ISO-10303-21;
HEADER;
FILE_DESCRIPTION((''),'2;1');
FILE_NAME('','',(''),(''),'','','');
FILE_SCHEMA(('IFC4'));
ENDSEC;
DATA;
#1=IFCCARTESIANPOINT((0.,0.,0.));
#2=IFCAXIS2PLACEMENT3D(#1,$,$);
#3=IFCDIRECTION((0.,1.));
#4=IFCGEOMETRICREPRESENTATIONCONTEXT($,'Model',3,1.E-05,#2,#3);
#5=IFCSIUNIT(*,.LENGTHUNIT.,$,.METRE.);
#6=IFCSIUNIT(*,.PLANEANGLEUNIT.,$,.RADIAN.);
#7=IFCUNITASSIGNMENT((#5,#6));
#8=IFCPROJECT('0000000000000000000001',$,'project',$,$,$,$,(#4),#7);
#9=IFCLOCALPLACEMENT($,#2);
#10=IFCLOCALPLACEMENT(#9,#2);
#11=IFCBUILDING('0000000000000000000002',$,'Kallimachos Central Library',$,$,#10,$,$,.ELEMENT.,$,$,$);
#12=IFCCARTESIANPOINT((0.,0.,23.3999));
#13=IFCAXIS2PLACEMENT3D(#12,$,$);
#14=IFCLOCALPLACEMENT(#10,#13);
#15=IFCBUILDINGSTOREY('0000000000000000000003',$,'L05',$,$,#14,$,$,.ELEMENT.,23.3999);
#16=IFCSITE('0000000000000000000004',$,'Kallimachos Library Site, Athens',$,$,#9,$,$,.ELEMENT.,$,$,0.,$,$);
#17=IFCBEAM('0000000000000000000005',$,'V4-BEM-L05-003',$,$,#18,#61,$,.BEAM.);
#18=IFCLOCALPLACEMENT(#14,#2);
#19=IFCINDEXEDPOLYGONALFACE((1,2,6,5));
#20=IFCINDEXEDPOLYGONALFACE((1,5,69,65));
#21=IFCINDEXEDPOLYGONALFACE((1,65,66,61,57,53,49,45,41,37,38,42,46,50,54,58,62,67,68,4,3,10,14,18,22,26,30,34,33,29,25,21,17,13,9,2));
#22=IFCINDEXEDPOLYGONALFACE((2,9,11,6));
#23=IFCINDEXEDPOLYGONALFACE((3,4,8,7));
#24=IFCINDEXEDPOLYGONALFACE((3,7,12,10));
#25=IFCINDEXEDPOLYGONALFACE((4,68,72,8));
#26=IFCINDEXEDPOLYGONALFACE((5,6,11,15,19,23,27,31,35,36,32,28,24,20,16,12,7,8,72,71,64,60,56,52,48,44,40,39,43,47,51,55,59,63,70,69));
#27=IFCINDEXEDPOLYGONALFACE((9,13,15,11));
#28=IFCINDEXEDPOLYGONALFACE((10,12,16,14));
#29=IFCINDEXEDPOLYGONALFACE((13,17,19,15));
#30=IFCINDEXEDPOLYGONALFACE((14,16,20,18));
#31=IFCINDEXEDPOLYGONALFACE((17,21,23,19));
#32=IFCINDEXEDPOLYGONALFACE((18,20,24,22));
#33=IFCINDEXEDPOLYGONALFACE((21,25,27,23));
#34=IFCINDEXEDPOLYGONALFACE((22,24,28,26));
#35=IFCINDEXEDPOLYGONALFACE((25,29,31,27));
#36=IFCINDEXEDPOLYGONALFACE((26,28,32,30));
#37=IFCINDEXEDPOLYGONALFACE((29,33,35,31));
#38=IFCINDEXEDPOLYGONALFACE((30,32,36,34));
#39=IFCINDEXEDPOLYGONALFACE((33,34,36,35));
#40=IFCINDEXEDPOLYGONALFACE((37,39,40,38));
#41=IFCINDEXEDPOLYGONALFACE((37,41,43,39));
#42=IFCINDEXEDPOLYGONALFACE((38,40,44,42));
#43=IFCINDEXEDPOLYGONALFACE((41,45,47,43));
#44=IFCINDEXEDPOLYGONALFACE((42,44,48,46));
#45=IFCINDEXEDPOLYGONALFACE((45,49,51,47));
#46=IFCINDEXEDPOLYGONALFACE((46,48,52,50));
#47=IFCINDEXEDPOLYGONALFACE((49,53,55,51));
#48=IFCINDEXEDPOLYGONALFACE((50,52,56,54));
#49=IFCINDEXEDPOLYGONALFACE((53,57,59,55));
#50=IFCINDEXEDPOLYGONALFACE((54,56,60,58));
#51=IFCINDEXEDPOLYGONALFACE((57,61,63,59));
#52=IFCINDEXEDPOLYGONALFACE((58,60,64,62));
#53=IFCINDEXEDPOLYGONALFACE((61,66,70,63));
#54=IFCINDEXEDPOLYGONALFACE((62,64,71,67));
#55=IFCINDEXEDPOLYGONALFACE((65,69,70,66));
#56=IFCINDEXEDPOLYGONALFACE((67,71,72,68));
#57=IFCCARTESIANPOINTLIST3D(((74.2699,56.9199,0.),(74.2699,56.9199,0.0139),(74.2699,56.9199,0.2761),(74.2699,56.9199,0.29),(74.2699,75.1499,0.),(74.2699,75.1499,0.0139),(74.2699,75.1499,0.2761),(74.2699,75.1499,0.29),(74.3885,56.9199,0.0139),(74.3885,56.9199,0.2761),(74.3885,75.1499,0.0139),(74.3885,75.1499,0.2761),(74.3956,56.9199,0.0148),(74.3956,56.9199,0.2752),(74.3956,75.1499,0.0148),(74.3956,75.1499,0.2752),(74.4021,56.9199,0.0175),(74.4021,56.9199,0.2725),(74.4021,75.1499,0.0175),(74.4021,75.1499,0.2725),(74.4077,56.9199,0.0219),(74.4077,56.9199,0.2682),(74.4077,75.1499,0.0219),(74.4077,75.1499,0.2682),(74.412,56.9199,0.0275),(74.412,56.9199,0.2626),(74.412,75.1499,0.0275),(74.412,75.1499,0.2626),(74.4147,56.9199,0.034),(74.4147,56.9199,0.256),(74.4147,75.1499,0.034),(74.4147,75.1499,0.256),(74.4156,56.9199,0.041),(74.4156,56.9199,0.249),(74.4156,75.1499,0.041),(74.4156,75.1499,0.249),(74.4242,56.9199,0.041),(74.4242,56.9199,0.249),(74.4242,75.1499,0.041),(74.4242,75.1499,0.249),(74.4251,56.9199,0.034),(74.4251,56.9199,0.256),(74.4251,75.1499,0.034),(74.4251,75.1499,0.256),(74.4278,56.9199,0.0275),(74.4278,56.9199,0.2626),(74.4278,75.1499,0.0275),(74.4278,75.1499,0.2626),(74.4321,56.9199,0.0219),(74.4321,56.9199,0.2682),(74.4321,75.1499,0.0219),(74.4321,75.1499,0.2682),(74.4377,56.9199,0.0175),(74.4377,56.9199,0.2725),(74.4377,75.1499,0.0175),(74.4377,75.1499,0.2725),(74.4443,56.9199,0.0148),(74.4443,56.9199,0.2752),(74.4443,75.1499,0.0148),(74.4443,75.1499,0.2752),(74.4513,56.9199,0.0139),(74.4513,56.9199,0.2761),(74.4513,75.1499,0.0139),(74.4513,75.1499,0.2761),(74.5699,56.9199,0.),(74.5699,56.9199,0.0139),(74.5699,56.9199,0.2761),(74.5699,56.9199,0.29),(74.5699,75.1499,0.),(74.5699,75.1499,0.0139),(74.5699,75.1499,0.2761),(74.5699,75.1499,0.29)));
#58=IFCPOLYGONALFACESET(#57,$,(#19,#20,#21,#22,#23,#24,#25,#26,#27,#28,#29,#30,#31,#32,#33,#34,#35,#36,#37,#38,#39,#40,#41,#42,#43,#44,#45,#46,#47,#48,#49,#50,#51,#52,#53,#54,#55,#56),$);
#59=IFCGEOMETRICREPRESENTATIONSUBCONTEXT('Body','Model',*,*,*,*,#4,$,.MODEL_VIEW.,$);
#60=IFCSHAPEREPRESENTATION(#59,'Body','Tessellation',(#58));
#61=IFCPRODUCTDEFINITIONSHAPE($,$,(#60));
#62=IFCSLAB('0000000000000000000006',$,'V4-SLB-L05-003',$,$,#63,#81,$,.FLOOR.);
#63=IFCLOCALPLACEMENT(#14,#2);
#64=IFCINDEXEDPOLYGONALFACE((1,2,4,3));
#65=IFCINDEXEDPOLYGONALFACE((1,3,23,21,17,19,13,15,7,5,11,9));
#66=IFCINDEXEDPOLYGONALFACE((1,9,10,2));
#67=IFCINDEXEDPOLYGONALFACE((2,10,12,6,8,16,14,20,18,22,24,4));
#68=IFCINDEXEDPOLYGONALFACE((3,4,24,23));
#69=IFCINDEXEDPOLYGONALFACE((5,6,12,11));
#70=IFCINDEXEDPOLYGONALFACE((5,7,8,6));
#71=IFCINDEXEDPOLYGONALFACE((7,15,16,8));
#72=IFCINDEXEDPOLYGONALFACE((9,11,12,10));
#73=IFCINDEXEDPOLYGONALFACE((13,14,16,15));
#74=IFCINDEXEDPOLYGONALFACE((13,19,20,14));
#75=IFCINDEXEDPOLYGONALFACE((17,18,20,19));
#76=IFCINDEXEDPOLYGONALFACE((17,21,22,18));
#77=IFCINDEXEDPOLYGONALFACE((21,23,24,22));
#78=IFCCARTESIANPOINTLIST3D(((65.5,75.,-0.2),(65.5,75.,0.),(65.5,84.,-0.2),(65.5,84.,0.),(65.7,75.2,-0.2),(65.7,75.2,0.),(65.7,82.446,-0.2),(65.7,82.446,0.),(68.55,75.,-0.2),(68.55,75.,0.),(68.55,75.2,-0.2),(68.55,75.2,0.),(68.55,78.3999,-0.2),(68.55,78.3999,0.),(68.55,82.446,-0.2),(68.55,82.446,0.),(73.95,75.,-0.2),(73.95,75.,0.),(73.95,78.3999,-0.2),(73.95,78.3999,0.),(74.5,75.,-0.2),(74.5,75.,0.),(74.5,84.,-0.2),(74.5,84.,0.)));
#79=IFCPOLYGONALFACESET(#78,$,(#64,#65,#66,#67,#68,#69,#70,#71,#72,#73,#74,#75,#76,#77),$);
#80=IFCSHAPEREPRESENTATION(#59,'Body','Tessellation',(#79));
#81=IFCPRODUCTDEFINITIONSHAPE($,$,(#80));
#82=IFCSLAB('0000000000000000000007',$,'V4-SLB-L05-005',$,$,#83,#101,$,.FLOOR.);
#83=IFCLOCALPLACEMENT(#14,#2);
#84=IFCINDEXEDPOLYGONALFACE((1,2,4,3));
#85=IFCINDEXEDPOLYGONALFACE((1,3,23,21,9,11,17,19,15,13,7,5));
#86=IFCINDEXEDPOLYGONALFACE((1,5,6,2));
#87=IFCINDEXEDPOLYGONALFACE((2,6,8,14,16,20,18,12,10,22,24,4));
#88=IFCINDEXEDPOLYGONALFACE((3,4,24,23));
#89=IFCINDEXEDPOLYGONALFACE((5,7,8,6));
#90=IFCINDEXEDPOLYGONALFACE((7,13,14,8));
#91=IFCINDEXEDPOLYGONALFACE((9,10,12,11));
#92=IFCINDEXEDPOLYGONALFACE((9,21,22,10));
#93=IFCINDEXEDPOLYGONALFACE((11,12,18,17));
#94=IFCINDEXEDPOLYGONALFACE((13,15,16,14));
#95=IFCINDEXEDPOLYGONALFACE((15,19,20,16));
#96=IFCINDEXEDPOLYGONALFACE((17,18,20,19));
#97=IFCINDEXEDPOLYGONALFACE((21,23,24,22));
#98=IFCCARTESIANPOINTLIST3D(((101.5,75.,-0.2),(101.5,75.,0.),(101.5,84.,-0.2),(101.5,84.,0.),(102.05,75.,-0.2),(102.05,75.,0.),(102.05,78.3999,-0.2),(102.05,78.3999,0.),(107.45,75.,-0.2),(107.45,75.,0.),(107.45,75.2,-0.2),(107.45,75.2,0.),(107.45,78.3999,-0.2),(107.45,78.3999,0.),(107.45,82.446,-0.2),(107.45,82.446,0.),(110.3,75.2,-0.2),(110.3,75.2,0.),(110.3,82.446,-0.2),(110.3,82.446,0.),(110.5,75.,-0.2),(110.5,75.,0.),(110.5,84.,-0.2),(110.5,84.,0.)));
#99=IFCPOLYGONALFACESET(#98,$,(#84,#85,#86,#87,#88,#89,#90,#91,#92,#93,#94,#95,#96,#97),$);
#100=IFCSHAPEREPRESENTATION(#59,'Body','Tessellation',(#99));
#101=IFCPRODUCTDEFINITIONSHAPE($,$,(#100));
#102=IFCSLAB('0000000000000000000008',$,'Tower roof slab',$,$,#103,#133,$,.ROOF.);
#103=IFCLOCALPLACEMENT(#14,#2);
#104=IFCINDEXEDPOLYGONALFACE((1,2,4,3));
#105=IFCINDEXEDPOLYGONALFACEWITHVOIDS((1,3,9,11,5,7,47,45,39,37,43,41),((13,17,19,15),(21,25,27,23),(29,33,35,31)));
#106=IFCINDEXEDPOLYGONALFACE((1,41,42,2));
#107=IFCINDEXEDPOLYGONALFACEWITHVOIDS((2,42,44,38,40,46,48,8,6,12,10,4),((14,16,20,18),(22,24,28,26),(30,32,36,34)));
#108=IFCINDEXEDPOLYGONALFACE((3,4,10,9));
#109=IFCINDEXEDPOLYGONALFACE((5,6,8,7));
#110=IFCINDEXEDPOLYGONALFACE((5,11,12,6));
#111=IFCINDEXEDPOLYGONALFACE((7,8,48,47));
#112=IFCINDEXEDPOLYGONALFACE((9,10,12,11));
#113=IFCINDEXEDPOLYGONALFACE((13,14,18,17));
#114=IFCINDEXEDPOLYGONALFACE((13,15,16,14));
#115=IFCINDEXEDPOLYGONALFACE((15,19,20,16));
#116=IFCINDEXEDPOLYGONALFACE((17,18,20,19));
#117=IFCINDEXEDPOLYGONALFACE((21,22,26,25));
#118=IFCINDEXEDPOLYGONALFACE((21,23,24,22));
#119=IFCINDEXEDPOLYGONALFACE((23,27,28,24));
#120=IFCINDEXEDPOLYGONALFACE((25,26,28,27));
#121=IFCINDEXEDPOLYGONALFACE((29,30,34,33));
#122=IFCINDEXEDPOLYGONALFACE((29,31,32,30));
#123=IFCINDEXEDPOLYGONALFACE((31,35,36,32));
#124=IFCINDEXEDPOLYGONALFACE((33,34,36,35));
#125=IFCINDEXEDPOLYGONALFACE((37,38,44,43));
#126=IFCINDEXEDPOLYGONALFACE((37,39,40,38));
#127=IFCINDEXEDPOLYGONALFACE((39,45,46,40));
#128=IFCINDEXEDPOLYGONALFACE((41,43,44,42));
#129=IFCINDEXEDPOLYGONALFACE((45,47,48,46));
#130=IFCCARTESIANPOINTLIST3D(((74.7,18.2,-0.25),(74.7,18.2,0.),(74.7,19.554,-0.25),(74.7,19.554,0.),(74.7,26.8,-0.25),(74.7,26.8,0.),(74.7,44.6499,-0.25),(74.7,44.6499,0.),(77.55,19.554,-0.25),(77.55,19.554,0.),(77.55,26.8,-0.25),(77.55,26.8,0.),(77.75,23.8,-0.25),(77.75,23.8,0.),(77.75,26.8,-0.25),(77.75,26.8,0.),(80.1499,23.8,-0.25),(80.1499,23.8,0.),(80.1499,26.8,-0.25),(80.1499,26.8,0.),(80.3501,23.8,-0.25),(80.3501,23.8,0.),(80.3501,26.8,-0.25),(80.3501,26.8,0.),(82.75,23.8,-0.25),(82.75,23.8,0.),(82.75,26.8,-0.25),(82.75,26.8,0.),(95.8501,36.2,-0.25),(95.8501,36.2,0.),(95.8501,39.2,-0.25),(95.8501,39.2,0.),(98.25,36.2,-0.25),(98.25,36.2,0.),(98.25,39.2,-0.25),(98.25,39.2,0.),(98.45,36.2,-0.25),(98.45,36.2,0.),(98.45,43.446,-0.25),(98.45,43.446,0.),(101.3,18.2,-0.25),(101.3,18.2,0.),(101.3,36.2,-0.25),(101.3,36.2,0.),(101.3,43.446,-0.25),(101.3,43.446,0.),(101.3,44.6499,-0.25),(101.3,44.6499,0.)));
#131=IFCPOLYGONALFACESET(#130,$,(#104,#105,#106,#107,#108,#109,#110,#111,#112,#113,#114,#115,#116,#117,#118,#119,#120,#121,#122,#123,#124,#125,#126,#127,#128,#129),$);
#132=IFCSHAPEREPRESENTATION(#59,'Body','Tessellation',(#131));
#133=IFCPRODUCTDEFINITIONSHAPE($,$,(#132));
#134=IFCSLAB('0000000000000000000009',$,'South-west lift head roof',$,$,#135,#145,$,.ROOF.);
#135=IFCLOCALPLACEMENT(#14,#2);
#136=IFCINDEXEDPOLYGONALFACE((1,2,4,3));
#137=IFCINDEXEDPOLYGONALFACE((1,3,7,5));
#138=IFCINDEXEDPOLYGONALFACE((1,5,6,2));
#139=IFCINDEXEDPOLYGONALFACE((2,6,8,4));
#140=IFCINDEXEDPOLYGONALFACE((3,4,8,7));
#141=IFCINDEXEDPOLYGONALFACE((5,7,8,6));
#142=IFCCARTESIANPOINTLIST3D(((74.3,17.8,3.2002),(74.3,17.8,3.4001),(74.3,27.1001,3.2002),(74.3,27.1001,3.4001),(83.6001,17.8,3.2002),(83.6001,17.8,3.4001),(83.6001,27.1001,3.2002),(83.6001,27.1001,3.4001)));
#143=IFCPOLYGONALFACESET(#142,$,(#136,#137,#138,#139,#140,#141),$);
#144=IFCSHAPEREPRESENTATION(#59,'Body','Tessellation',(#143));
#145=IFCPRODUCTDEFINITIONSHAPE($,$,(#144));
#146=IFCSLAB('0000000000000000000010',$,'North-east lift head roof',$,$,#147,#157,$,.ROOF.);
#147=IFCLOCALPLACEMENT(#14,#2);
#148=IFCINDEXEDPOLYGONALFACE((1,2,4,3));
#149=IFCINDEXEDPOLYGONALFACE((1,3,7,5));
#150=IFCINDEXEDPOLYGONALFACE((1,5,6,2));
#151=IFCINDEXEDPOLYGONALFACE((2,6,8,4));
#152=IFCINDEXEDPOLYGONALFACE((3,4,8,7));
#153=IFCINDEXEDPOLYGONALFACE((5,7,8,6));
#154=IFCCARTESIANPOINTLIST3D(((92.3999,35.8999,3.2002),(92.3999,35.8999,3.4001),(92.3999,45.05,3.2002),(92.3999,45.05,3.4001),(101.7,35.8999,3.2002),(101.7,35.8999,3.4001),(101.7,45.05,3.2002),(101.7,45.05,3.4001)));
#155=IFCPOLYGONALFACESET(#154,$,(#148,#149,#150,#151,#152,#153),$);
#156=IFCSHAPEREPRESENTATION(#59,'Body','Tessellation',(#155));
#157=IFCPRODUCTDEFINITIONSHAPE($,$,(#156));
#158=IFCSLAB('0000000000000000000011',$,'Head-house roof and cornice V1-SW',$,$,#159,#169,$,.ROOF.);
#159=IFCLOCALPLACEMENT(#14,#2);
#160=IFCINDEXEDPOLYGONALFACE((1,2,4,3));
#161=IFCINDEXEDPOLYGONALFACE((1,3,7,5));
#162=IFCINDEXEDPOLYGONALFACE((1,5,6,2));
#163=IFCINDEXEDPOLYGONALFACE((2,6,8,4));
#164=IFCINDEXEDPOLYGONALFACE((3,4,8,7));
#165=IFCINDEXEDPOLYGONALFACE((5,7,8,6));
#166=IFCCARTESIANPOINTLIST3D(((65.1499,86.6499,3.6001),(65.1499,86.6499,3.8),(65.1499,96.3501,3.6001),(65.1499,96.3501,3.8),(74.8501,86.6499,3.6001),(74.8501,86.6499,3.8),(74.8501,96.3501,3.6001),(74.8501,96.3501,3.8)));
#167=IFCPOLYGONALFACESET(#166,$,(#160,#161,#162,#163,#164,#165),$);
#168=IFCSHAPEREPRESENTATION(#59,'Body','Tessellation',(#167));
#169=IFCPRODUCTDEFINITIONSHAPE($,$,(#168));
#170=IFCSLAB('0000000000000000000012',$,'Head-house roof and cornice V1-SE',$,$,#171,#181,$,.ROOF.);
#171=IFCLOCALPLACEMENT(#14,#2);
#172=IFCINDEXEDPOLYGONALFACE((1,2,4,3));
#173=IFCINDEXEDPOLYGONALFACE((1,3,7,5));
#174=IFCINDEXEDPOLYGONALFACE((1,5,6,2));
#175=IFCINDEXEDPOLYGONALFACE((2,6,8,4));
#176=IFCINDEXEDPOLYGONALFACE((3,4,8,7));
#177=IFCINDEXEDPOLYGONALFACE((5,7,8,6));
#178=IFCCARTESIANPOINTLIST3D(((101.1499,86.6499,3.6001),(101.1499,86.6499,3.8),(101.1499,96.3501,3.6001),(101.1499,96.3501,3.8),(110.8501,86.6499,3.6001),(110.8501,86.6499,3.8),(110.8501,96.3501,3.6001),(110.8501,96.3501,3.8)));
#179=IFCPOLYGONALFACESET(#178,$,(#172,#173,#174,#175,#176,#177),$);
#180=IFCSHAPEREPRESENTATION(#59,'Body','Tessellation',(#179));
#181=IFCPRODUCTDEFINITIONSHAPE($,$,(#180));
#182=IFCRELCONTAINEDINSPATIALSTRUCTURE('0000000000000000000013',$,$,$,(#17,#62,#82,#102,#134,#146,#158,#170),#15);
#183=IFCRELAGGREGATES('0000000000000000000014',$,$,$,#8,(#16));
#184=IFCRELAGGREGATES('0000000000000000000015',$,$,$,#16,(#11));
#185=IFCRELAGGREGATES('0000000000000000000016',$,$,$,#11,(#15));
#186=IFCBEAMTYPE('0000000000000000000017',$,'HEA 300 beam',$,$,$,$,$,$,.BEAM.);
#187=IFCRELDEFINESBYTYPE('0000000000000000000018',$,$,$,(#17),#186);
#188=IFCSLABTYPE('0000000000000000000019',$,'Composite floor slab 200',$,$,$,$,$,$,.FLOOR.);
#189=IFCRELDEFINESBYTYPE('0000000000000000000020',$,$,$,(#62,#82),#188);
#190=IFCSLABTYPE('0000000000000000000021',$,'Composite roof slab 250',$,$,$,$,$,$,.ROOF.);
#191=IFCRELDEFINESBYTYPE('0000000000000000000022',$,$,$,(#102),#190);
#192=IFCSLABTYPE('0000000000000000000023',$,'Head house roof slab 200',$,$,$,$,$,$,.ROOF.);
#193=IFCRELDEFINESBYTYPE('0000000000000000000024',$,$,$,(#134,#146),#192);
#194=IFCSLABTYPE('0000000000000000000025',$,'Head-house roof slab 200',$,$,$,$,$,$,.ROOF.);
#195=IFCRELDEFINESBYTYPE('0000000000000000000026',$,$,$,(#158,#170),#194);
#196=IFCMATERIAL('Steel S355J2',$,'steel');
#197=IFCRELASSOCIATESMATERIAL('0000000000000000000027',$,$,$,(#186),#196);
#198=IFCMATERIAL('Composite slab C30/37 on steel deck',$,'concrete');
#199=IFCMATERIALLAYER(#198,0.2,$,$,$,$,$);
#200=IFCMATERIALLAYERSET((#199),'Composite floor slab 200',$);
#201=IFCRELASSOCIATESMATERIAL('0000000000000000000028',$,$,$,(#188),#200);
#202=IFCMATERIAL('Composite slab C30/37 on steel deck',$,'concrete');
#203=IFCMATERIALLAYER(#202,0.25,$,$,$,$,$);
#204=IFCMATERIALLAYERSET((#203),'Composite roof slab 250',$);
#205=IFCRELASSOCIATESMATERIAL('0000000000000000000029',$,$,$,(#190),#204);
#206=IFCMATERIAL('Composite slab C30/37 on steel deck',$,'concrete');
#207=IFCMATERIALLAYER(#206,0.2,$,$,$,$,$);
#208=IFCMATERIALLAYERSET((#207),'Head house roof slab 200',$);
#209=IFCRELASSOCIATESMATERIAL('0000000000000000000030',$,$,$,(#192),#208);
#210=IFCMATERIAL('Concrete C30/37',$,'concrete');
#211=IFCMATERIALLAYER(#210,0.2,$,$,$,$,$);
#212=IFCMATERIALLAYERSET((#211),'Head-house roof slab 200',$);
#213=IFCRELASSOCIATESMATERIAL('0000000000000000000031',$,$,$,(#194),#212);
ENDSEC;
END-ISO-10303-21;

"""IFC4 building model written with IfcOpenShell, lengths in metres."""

from ifc_helpers import new_model, si_unit, direction, frame, origin, origin_2d, place, context, subcontext, project, spatial, polyline, i_section, outline, extrude, material, layer, layer_set, material_profile, profile_set, type_object, element, save


model = new_model("IFC4")

# Units and contexts
model_context = context("Model", 3, precision=1e-05, world=origin(), true_north=direction((0.0, 1.0)))
body_context = subcontext(model_context, "Body", "Model", "MODEL_VIEW")
ifc_project = project(units=[si_unit("LENGTHUNIT", "METRE"), si_unit("PLANEANGLEUNIT", "RADIAN")], contexts=[model_context])

# Site, building, storey
site_placement = place(None, origin())
site = spatial("IfcSite", under=ifc_project, at=site_placement, Name="Kallimachos Library Site, Athens", CompositionType="ELEMENT", RefElevation=0.0)
building_placement = place(site_placement, origin())
building = spatial("IfcBuilding", under=site, at=building_placement, Name="Kallimachos Central Library", CompositionType="ELEMENT")
storey_placement = place(building_placement, frame((0.0, 0.0, 23.3999)))
storey = spatial("IfcBuildingStorey", under=building, at=storey_placement, Name="L05", CompositionType="ELEMENT", Elevation=23.3999)

# Beam
ifc_material_1 = material(Name="Steel S355J2", Category="steel")
ifc_material_profile_1 = material_profile(ifc_material_1, i_section(OverallWidth=0.3, OverallDepth=0.29, WebThickness=0.0085, FlangeThickness=0.0139, FilletRadius=0.0271, at=origin_2d()), Name="HEA 300")
ifc_profile_set_1 = profile_set([ifc_material_profile_1], Name="Steel S355J2")
beam_type = type_object("IfcBeamType", Name="HEA 300 beam", PredefinedType="BEAM", material=ifc_profile_set_1)
beam_1_placement = place(storey_placement, frame((74.4199, 56.9199, 0.145), z_axis=(0.0, 1.0, 0.0), x_axis=(-1.0, 0.0, 0.0)))
element("IfcBeam", 1, at=beam_1_placement, inside=storey, type_object=beam_type, Name="V4-BEM-L05-003", PredefinedType="BEAM", context=body_context, shape_type="SweptSolid", body=[
    extrude(i_section(OverallWidth=0.3, OverallDepth=0.29, WebThickness=0.0085, FlangeThickness=0.0139, FilletRadius=0.0271, at=origin_2d()), origin(), (0.0, 0.0, 1.0), 18.23),
])

# Slabs
ifc_material_2 = material(Name="Composite slab C30/37 on steel deck", Category="concrete")
ifc_layer_1 = layer(ifc_material_2, 0.2)
ifc_layer_set_1 = layer_set([ifc_layer_1], Name="Composite floor slab 200")
slab_type_1 = type_object("IfcSlabType", Name="Composite floor slab 200", PredefinedType="FLOOR", material=ifc_layer_set_1)
slab_1_placement = place(storey_placement, frame((0.0, 0.0, -0.2)))
element("IfcSlab", 2, at=slab_1_placement, inside=storey, type_object=slab_type_1, Name="V4-SLB-L05-003", PredefinedType="FLOOR", context=body_context, shape_type="SweptSolid", body=[
    extrude(outline(polyline([(65.5, 75.0), (65.5, 84.0), (74.5, 84.0), (74.5, 75.0), (73.95, 75.0), (73.95, 78.3999), (68.55, 78.3999), (68.55, 82.446), (65.7, 82.446), (65.7, 75.2), (68.55, 75.2), (68.55, 75.0), (65.5, 75.0)])), origin(), (0.0, 0.0, 1.0), 0.2),
])
slab_2_placement = place(storey_placement, frame((0.0, 0.0, -0.2)))
element("IfcSlab", 3, at=slab_2_placement, inside=storey, type_object=slab_type_1, Name="V4-SLB-L05-005", PredefinedType="FLOOR", context=body_context, shape_type="SweptSolid", body=[
    extrude(outline(polyline([(101.5, 75.0), (101.5, 84.0), (110.5, 84.0), (110.5, 75.0), (107.45, 75.0), (107.45, 75.2), (110.3, 75.2), (110.3, 82.446), (107.45, 82.446), (107.45, 78.3999), (102.05, 78.3999), (102.05, 75.0), (101.5, 75.0)])), origin(), (0.0, 0.0, 1.0), 0.2),
])
ifc_material_3 = material(Name="Composite slab C30/37 on steel deck", Category="concrete")
ifc_layer_2 = layer(ifc_material_3, 0.25)
ifc_layer_set_2 = layer_set([ifc_layer_2], Name="Composite roof slab 250")
slab_type_2 = type_object("IfcSlabType", Name="Composite roof slab 250", PredefinedType="ROOF", material=ifc_layer_set_2)
slab_3_placement = place(storey_placement, frame((0.0, 0.0, -0.25)))
element("IfcSlab", 4, at=slab_3_placement, inside=storey, type_object=slab_type_2, Name="Tower roof slab", PredefinedType="ROOF", context=body_context, shape_type="SweptSolid", body=[
    extrude(outline(polyline([(101.3, 18.2), (74.7, 18.2), (74.7, 19.554), (77.55, 19.554), (77.55, 26.8), (74.7, 26.8), (74.7, 44.6499), (101.3, 44.6499), (101.3, 43.446), (98.45, 43.446), (98.45, 36.2), (101.3, 36.2), (101.3, 18.2)]), holes=[polyline([(77.75, 26.8), (77.75, 23.8), (80.1499, 23.8), (80.1499, 26.8), (77.75, 26.8)]), polyline([(80.3501, 26.8), (80.3501, 23.8), (82.75, 23.8), (82.75, 26.8), (80.3501, 26.8)]), polyline([(98.25, 39.2), (95.8501, 39.2), (95.8501, 36.2), (98.25, 36.2), (98.25, 39.2)])]), origin(), (0.0, 0.0, 1.0), 0.25),
])
ifc_material_4 = material(Name="Composite slab C30/37 on steel deck", Category="concrete")
ifc_layer_3 = layer(ifc_material_4, 0.2)
ifc_layer_set_3 = layer_set([ifc_layer_3], Name="Head house roof slab 200")
slab_type_3 = type_object("IfcSlabType", Name="Head house roof slab 200", PredefinedType="ROOF", material=ifc_layer_set_3)
slab_4_placement = place(storey_placement, frame((0.0, 0.0, 3.2002)))
element("IfcSlab", 5, at=slab_4_placement, inside=storey, type_object=slab_type_3, Name="South-west lift head roof", PredefinedType="ROOF", context=body_context, shape_type="SweptSolid", body=[
    extrude(outline(polyline([(74.3, 17.8), (83.6001, 17.8), (83.6001, 27.1001), (74.3, 27.1001), (74.3, 17.8)])), origin(), (0.0, 0.0, 1.0), 0.2),
])
slab_5_placement = place(storey_placement, frame((0.0, 0.0, 3.2002)))
element("IfcSlab", 6, at=slab_5_placement, inside=storey, type_object=slab_type_3, Name="North-east lift head roof", PredefinedType="ROOF", context=body_context, shape_type="SweptSolid", body=[
    extrude(outline(polyline([(92.3999, 35.8999), (101.7, 35.8999), (101.7, 45.05), (92.3999, 45.05), (92.3999, 35.8999)])), origin(), (0.0, 0.0, 1.0), 0.2),
])
ifc_material_5 = material(Name="Concrete C30/37", Category="concrete")
ifc_layer_4 = layer(ifc_material_5, 0.2)
ifc_layer_set_4 = layer_set([ifc_layer_4], Name="Head-house roof slab 200")
slab_type_4 = type_object("IfcSlabType", Name="Head-house roof slab 200", PredefinedType="ROOF", material=ifc_layer_set_4)
slab_6_placement = place(storey_placement, frame((0.0, 0.0, 3.6001)))
element("IfcSlab", 7, at=slab_6_placement, inside=storey, type_object=slab_type_4, Name="Head-house roof and cornice V1-SW", PredefinedType="ROOF", context=body_context, shape_type="SweptSolid", body=[
    extrude(outline(polyline([(65.1499, 86.6499), (74.8501, 86.6499), (74.8501, 96.3501), (65.1499, 96.3501), (65.1499, 86.6499)])), origin(), (0.0, 0.0, 1.0), 0.2),
])
slab_7_placement = place(storey_placement, frame((0.0, 0.0, 3.6001)))
element("IfcSlab", 8, at=slab_7_placement, inside=storey, type_object=slab_type_4, Name="Head-house roof and cornice V1-SE", PredefinedType="ROOF", context=body_context, shape_type="SweptSolid", body=[
    extrude(outline(polyline([(101.1499, 86.6499), (110.8501, 86.6499), (110.8501, 96.3501), (101.1499, 96.3501), (101.1499, 86.6499)])), origin(), (0.0, 0.0, 1.0), 0.2),
])

save(model, "model.ifc")
